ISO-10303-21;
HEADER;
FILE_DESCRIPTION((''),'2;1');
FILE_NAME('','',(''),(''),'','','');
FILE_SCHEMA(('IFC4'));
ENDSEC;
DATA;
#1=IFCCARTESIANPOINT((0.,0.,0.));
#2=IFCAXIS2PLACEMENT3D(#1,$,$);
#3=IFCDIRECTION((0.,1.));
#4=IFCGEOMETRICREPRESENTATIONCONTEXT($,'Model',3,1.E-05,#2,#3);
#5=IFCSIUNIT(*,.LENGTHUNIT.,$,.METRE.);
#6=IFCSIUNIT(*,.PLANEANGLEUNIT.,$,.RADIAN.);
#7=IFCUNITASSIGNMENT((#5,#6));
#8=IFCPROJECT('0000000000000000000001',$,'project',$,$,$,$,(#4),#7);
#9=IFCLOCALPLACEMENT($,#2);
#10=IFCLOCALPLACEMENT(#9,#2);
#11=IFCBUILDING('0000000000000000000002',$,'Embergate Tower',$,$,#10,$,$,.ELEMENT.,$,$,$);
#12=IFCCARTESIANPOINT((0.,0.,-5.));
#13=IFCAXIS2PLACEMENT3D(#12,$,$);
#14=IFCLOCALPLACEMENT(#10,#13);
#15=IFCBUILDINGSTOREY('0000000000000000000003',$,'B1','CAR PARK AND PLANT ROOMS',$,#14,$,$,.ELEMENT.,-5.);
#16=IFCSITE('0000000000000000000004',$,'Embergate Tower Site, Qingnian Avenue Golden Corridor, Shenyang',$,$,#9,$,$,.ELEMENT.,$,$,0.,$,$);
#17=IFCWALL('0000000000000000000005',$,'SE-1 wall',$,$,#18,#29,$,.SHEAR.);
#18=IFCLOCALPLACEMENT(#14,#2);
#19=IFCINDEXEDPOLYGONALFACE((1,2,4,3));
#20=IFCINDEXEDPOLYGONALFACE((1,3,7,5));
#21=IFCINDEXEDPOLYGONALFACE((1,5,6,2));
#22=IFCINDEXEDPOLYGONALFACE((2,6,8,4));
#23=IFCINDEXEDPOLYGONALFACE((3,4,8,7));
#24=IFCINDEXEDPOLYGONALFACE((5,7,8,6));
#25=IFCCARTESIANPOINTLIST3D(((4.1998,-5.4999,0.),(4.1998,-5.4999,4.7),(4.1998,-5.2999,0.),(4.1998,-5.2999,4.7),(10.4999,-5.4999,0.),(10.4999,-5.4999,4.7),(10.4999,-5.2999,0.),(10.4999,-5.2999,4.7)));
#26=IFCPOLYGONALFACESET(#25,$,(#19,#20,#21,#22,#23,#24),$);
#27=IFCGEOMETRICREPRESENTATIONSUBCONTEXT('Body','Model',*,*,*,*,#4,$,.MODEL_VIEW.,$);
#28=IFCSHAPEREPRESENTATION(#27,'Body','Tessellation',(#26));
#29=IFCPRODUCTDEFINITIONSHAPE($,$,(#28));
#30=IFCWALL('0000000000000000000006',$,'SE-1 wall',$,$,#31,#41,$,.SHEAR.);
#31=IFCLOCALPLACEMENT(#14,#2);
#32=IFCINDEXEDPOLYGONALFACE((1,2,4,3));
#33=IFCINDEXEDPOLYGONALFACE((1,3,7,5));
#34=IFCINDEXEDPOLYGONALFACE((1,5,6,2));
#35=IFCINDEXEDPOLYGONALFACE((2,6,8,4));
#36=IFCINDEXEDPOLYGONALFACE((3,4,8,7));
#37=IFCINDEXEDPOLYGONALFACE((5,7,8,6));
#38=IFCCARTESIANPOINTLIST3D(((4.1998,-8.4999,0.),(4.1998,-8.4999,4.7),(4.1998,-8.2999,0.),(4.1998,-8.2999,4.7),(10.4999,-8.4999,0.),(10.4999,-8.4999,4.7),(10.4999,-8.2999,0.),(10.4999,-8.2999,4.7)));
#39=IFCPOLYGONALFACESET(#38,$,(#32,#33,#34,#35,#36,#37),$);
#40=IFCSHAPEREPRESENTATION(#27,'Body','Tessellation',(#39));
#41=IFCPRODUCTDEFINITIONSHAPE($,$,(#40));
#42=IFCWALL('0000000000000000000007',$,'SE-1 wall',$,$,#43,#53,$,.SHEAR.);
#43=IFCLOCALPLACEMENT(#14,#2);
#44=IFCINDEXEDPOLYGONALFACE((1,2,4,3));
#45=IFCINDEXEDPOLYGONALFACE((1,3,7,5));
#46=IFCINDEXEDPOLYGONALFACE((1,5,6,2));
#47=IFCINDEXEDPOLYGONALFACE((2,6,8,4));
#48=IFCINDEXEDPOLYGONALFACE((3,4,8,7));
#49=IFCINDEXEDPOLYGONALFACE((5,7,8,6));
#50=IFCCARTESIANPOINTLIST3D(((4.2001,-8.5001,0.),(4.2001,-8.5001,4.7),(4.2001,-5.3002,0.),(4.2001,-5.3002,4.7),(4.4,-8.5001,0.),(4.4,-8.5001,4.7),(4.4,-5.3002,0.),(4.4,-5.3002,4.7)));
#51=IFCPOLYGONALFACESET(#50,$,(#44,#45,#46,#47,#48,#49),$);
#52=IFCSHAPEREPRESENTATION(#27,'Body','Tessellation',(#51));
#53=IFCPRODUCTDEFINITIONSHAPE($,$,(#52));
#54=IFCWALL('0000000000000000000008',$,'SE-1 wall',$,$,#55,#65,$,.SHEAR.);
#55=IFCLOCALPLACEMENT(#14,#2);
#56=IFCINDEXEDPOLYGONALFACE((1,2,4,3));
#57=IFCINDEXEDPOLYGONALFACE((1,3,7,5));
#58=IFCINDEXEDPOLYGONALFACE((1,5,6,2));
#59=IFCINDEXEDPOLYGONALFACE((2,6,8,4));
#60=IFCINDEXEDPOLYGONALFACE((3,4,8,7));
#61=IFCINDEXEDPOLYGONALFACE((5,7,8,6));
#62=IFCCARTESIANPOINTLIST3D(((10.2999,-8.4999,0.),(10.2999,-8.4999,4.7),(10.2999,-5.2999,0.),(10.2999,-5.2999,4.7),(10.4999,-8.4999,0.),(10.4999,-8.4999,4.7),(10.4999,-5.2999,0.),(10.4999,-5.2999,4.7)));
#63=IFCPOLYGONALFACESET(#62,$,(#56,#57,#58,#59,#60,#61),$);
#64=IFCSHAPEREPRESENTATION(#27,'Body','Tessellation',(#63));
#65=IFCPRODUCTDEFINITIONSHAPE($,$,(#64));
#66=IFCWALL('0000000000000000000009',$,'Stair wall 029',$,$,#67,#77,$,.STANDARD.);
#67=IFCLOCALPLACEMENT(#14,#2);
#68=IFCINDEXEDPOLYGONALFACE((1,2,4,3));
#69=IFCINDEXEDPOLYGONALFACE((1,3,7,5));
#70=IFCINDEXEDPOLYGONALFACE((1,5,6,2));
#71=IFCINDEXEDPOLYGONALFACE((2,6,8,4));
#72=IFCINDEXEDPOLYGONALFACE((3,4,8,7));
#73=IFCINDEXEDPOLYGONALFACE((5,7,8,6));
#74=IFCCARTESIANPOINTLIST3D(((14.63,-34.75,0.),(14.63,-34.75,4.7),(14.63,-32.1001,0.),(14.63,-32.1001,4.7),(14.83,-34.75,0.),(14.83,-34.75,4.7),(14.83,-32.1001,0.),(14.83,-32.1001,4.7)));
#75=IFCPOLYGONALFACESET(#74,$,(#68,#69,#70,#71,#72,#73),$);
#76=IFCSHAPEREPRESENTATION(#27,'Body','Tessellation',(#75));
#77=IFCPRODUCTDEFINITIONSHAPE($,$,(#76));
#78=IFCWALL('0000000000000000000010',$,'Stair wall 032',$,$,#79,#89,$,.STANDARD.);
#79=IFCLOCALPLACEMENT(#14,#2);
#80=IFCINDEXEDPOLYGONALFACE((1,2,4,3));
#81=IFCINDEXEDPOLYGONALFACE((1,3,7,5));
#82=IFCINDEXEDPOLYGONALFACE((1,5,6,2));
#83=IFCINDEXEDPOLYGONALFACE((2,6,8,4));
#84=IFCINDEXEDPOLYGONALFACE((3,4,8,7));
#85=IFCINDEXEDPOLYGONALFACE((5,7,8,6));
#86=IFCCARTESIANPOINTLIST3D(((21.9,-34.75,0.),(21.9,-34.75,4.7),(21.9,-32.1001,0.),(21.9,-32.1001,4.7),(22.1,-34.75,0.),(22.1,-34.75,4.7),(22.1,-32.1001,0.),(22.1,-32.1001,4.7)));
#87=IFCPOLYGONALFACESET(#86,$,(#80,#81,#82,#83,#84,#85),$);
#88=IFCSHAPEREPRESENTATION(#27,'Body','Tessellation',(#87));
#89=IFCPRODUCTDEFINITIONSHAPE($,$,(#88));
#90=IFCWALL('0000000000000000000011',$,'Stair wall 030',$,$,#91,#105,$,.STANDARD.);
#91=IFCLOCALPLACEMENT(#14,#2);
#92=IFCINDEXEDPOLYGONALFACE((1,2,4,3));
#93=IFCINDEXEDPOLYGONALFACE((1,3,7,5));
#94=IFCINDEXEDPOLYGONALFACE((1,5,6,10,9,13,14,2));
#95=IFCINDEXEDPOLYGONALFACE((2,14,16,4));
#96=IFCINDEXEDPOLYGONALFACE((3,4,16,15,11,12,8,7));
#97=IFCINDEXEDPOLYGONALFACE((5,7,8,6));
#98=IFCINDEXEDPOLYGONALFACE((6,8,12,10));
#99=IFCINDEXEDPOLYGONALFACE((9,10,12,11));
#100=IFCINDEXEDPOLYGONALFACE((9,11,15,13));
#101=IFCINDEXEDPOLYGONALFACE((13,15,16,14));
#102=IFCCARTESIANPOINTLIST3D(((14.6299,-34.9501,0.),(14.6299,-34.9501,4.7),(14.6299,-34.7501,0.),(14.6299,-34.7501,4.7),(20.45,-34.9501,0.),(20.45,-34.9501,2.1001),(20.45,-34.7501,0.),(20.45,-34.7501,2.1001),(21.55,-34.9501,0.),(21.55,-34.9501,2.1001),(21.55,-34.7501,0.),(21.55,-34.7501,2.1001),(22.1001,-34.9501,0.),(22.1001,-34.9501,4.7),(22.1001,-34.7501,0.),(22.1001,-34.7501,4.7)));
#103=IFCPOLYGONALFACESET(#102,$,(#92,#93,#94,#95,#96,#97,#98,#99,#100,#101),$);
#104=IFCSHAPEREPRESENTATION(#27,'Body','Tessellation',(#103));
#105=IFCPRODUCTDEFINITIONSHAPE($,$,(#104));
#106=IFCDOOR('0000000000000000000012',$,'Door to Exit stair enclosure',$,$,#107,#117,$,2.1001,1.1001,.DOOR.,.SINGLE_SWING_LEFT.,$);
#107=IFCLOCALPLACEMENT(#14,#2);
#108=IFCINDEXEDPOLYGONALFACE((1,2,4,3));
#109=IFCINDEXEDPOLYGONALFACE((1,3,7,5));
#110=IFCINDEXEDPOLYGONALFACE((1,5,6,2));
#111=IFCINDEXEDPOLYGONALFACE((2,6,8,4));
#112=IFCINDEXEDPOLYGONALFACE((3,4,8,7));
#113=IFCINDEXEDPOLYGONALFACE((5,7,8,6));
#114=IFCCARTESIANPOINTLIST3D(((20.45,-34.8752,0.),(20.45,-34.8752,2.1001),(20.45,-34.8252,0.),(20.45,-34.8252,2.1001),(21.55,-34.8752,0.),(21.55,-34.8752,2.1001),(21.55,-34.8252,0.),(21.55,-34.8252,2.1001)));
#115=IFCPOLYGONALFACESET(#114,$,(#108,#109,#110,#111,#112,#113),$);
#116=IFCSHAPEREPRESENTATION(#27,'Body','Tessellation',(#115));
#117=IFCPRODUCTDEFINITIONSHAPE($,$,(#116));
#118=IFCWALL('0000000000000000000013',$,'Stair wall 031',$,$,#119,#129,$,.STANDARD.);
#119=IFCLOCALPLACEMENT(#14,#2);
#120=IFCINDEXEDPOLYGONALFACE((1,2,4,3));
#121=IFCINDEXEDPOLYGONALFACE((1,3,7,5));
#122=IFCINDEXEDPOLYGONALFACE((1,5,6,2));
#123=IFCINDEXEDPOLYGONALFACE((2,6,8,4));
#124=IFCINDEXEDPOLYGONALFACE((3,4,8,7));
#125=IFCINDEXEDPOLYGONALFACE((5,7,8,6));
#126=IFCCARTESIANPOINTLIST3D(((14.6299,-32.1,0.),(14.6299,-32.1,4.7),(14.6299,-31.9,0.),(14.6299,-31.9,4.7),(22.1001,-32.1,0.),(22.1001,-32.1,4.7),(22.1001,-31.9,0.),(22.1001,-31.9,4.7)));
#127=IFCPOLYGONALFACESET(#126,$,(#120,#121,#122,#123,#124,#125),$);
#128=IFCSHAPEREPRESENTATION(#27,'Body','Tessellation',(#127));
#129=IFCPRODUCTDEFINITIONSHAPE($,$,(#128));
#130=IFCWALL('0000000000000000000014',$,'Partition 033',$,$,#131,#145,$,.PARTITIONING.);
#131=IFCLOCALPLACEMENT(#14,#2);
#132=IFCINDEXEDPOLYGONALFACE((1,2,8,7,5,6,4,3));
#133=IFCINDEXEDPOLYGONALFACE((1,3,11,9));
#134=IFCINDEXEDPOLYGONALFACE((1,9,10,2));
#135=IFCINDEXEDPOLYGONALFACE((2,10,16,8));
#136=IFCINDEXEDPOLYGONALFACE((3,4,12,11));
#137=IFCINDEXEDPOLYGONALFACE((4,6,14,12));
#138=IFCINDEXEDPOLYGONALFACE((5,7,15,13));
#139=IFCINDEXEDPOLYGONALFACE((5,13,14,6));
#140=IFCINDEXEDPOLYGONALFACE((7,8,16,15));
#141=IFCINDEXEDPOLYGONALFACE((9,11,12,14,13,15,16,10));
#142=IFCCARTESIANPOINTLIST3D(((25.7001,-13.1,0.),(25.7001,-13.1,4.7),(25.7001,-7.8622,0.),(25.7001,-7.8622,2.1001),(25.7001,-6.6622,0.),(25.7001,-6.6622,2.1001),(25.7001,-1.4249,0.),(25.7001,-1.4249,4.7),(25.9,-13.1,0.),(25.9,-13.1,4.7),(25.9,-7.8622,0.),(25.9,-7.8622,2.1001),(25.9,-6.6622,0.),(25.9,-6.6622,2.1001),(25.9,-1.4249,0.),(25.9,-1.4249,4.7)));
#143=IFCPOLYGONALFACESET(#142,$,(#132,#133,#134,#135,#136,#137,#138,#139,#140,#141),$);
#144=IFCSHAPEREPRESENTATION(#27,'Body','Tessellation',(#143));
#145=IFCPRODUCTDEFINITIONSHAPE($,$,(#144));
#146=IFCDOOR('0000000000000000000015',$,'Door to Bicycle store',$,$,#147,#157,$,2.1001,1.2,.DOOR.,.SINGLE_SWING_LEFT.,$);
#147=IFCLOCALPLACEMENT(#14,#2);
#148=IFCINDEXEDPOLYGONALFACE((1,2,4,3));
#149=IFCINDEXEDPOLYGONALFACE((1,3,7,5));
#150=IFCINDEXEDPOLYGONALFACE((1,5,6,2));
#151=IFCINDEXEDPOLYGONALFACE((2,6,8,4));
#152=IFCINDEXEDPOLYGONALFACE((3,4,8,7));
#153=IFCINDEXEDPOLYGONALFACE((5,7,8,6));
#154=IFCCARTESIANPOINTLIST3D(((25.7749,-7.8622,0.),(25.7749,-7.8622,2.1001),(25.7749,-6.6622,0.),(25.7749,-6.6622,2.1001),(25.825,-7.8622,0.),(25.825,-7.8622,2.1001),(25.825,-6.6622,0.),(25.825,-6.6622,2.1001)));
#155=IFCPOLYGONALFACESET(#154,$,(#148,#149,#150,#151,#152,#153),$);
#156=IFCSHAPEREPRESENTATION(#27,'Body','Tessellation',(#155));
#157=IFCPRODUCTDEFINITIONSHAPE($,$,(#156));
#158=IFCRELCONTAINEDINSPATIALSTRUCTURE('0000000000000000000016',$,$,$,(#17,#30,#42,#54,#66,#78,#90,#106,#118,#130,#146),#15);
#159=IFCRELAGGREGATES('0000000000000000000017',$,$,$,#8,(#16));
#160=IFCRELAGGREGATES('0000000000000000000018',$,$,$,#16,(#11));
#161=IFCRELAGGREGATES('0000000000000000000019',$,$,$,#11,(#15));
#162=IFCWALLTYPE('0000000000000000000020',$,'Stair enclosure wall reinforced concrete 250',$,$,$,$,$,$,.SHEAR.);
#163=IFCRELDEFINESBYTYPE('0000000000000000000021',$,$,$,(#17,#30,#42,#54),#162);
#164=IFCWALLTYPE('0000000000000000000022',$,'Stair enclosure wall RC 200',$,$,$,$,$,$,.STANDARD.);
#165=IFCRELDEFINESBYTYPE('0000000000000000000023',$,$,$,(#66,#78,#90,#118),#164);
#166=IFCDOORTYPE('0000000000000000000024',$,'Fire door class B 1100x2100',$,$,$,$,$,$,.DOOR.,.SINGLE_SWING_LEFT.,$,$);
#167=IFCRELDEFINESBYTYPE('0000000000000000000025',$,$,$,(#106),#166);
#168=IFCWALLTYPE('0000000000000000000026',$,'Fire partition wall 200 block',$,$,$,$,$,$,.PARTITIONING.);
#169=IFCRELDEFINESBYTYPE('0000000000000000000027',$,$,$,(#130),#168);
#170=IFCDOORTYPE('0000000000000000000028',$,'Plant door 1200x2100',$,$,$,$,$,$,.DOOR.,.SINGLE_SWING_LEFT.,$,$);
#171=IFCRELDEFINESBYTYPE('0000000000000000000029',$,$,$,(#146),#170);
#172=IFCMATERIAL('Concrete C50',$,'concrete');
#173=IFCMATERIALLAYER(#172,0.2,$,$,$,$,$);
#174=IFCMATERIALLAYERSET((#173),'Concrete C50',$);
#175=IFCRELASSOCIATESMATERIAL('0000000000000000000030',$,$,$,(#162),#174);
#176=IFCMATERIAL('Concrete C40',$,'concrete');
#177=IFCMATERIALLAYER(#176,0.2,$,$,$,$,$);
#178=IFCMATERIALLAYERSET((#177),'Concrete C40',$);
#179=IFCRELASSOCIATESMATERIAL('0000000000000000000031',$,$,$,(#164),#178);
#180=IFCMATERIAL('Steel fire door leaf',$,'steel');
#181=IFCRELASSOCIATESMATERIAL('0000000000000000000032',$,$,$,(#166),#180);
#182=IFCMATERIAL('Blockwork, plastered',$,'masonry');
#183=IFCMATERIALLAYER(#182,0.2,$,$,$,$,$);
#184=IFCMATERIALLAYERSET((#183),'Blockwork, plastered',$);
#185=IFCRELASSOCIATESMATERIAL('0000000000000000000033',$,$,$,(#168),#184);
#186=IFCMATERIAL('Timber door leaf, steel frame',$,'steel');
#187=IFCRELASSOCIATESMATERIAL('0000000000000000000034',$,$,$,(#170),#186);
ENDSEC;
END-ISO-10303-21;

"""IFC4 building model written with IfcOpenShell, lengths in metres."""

from ifc_helpers import new_model, si_unit, direction, frame, frame_2d, origin, place, context, subcontext, project, spatial, rectangle, extrude, source, transform, mapped, material, layer, layer_set, type_object, element, fill, save


model = new_model("IFC4")

# Units and contexts
model_context = context("Model", 3, precision=1e-05, world=origin(), true_north=direction((0.0, 1.0)))
body_context = subcontext(model_context, "Body", "Model", "MODEL_VIEW")
ifc_project = project(units=[si_unit("LENGTHUNIT", "METRE"), si_unit("PLANEANGLEUNIT", "RADIAN")], contexts=[model_context])

# Site, building, storey
site_placement = place(None, origin())
site = spatial("IfcSite", under=ifc_project, at=site_placement, Name="Embergate Tower Site, Qingnian Avenue Golden Corridor, Shenyang", CompositionType="ELEMENT", RefElevation=0.0)
building_placement = place(site_placement, origin())
building = spatial("IfcBuilding", under=site, at=building_placement, Name="Embergate Tower", CompositionType="ELEMENT")
storey_placement = place(building_placement, frame((0.0, 0.0, -5.0)))
storey = spatial("IfcBuildingStorey", under=building, at=storey_placement, Name="B1", Description="CAR PARK AND PLANT ROOMS", CompositionType="ELEMENT", Elevation=-5.0)

# Shared definitions
ifc_material_1 = material(Name="Concrete C50", Category="concrete")

# Shared definitions
ifc_material_2 = material(Name="Concrete C40", Category="concrete")

# Walls
ifc_layer_1 = layer(ifc_material_1, 0.2)
ifc_layer_set_1 = layer_set([ifc_layer_1], Name="Concrete C50")
wall_type_1 = type_object("IfcWallType", Name="Stair enclosure wall reinforced concrete 250", PredefinedType="SHEAR", material=ifc_layer_set_1)
shared_shape_1 = source(origin(), body_context, "Body", "SweptSolid", [
    extrude(rectangle(XDim=6.3, YDim=0.2, at=frame_2d((3.1499, 0.0))), origin(), (0.0, 0.0, 1.0), 4.7),
])
for number, where, z_axis, x_axis, name in (
    (1, (4.2, -5.3999, 0.0), (0.0, 0.0, 1.0), (1.0, 0.0, 0.0), "SE-1 wall"),
    (2, (4.2, -8.3999, 0.0), (0.0, 0.0, 1.0), (1.0, 0.0, 0.0), "SE-1 wall"),
):
    element("IfcWall", number, at=place(storey_placement, frame(where, z_axis=z_axis, x_axis=x_axis)), inside=storey, type_object=wall_type_1, Name=name, PredefinedType="SHEAR", context=body_context, shape_type="MappedRepresentation", body=[
        mapped(shared_shape_1, transform((0.0, 0.0, 0.0))),
    ])
shared_shape_2 = source(origin(), body_context, "Body", "SweptSolid", [
    extrude(rectangle(XDim=3.2, YDim=0.2, at=frame_2d((1.6001, 0.0))), origin(), (0.0, 0.0, 1.0), 4.7),
])
for number, where, z_axis, x_axis, name in (
    (3, (4.3, -5.3, 0.0), (0.0, 0.0, 1.0), (0.0, -1.0, 0.0), "SE-1 wall"),
    (4, (10.3999, -8.5, 0.0), (0.0, 0.0, 1.0), (0.0, 1.0, 0.0), "SE-1 wall"),
):
    element("IfcWall", number, at=place(storey_placement, frame(where, z_axis=z_axis, x_axis=x_axis)), inside=storey, type_object=wall_type_1, Name=name, PredefinedType="SHEAR", context=body_context, shape_type="MappedRepresentation", body=[
        mapped(shared_shape_2, transform((0.0, 0.0, 0.0))),
    ])
ifc_layer_2 = layer(ifc_material_2, 0.2)
ifc_layer_set_2 = layer_set([ifc_layer_2], Name="Concrete C40")
wall_type_2 = type_object("IfcWallType", Name="Stair enclosure wall RC 200", PredefinedType="STANDARD", material=ifc_layer_set_2)
shared_shape_3 = source(origin(), body_context, "Body", "SweptSolid", [
    extrude(rectangle(XDim=2.6499, YDim=0.2, at=frame_2d((1.325, 0.0))), origin(), (0.0, 0.0, 1.0), 4.7),
])
for number, where, z_axis, x_axis, name in (
    (5, (14.73, -34.75, 0.0), (0.0, 0.0, 1.0), (0.0, 1.0, 0.0), "Stair wall 029"),
    (6, (22.0, -32.1001, 0.0), (0.0, 0.0, 1.0), (0.0, -1.0, 0.0), "Stair wall 032"),
):
    element("IfcWall", number, at=place(storey_placement, frame(where, z_axis=z_axis, x_axis=x_axis)), inside=storey, type_object=wall_type_2, Name=name, PredefinedType="STANDARD", context=body_context, shape_type="MappedRepresentation", body=[
        mapped(shared_shape_3, transform((0.0, 0.0, 0.0))),
    ])

# Wall, opening, door
shared_shape_4 = source(origin(), body_context, "Body", "SweptSolid", [
    extrude(rectangle(XDim=7.4702, YDim=0.2, at=frame_2d((3.7351, 0.0))), origin(), (0.0, 0.0, 1.0), 4.7),
])
wall_1_placement = place(storey_placement, frame((14.6299, -34.8501, 0.0), z_axis=(0.0, 0.0, 1.0), x_axis=(1.0, 0.0, 0.0)))
wall_1 = element("IfcWall", 7, at=wall_1_placement, inside=storey, type_object=wall_type_2, Name="Stair wall 030", PredefinedType="STANDARD", context=body_context, shape_type="MappedRepresentation", body=[
    mapped(shared_shape_4, transform((0.0, 0.0, 0.0))),
])
shared_shape_5 = source(origin(), body_context, "Body", "SweptSolid", [
    extrude(rectangle(XDim=1.1001, YDim=2.1001, at=frame_2d((0.55, 1.05))), frame((0.0, 0.1099, 0.0), z_axis=(0.0, -1.0, 0.0), x_axis=(1.0, 0.0, 0.0)), (0.0, 0.0, 1.0), 0.22),
])
opening_1_placement = place(wall_1_placement, frame((5.8201, 0.0, 0.0)))
opening_1 = element("IfcOpeningElement", 8, at=opening_1_placement, cuts=wall_1, PredefinedType="OPENING", context=body_context, shape_type="MappedRepresentation", body=[
    mapped(shared_shape_5, transform((0.0, 0.0, 0.0))),
])
ifc_material_3 = material(Name="Steel fire door leaf", Category="steel")
door_type_1 = type_object("IfcDoorType", Name="Fire door class B 1100x2100", OperationType="SINGLE_SWING_LEFT", PredefinedType="DOOR", material=ifc_material_3)
shared_shape_6 = source(origin(), body_context, "Body", "SweptSolid", [
    extrude(rectangle(XDim=1.1001, YDim=2.1001, at=frame_2d((0.55, 1.05))), frame((0.0, 0.0249, 0.0), z_axis=(0.0, -1.0, 0.0), x_axis=(1.0, 0.0, 0.0)), (0.0, 0.0, 1.0), 0.05),
])
door_1_placement = place(opening_1_placement, origin())
door_1 = element("IfcDoor", 9, at=door_1_placement, inside=storey, type_object=door_type_1, Name="Door to Exit stair enclosure", OperationType="SINGLE_SWING_LEFT", OverallHeight=2.1001, OverallWidth=1.1001, PredefinedType="DOOR", context=body_context, shape_type="MappedRepresentation", body=[
    mapped(shared_shape_6, transform((0.0, 0.0, 0.0))),
])
fill(opening_1, door_1)

# Wall
wall_2_placement = place(storey_placement, frame((14.6299, -32.0, 0.0), z_axis=(0.0, 0.0, 1.0), x_axis=(1.0, 0.0, 0.0)))
element("IfcWall", 10, at=wall_2_placement, inside=storey, type_object=wall_type_2, Name="Stair wall 031", PredefinedType="STANDARD", context=body_context, shape_type="MappedRepresentation", body=[
    mapped(shared_shape_4, transform((0.0, 0.0, 0.0))),
])

# Wall, opening, door
ifc_material_4 = material(Name="Blockwork, plastered", Category="masonry")
ifc_layer_3 = layer(ifc_material_4, 0.2)
ifc_layer_set_3 = layer_set([ifc_layer_3], Name="Blockwork, plastered")
wall_type_3 = type_object("IfcWallType", Name="Fire partition wall 200 block", PredefinedType="PARTITIONING", material=ifc_layer_set_3)
shared_shape_7 = source(origin(), body_context, "Body", "SweptSolid", [
    extrude(rectangle(XDim=11.675, YDim=0.2, at=frame_2d((5.8374, 0.0))), origin(), (0.0, 0.0, 1.0), 4.7),
])
wall_3_placement = place(storey_placement, frame((25.8, -1.425, 0.0), z_axis=(0.0, 0.0, 1.0), x_axis=(0.0, -1.0, 0.0)))
wall_3 = element("IfcWall", 11, at=wall_3_placement, inside=storey, type_object=wall_type_3, Name="Partition 033", PredefinedType="PARTITIONING", context=body_context, shape_type="MappedRepresentation", body=[
    mapped(shared_shape_7, transform((0.0, 0.0, 0.0))),
])
shared_shape_8 = source(origin(), body_context, "Body", "SweptSolid", [
    extrude(rectangle(XDim=1.2, YDim=2.1001, at=frame_2d((0.6001, 1.05))), frame((0.0, 0.1099, 0.0), z_axis=(0.0, -1.0, 0.0), x_axis=(1.0, 0.0, 0.0)), (0.0, 0.0, 1.0), 0.22),
])
opening_2_placement = place(wall_3_placement, frame((5.2371, 0.0, 0.0)))
opening_2 = element("IfcOpeningElement", 12, at=opening_2_placement, cuts=wall_3, PredefinedType="OPENING", context=body_context, shape_type="MappedRepresentation", body=[
    mapped(shared_shape_8, transform((0.0, 0.0, 0.0))),
])
ifc_material_5 = material(Name="Timber door leaf, steel frame", Category="steel")
door_type_2 = type_object("IfcDoorType", Name="Plant door 1200x2100", OperationType="SINGLE_SWING_LEFT", PredefinedType="DOOR", material=ifc_material_5)
shared_shape_9 = source(origin(), body_context, "Body", "SweptSolid", [
    extrude(rectangle(XDim=1.2, YDim=2.1001, at=frame_2d((0.6001, 1.05))), frame((0.0, 0.0249, 0.0), z_axis=(0.0, -1.0, 0.0), x_axis=(1.0, 0.0, 0.0)), (0.0, 0.0, 1.0), 0.05),
])
door_2_placement = place(opening_2_placement, origin())
door_2 = element("IfcDoor", 13, at=door_2_placement, inside=storey, type_object=door_type_2, Name="Door to Bicycle store", OperationType="SINGLE_SWING_LEFT", OverallHeight=2.1001, OverallWidth=1.2, PredefinedType="DOOR", context=body_context, shape_type="MappedRepresentation", body=[
    mapped(shared_shape_9, transform((0.0, 0.0, 0.0))),
])
fill(opening_2, door_2)

save(model, "model.ifc")
